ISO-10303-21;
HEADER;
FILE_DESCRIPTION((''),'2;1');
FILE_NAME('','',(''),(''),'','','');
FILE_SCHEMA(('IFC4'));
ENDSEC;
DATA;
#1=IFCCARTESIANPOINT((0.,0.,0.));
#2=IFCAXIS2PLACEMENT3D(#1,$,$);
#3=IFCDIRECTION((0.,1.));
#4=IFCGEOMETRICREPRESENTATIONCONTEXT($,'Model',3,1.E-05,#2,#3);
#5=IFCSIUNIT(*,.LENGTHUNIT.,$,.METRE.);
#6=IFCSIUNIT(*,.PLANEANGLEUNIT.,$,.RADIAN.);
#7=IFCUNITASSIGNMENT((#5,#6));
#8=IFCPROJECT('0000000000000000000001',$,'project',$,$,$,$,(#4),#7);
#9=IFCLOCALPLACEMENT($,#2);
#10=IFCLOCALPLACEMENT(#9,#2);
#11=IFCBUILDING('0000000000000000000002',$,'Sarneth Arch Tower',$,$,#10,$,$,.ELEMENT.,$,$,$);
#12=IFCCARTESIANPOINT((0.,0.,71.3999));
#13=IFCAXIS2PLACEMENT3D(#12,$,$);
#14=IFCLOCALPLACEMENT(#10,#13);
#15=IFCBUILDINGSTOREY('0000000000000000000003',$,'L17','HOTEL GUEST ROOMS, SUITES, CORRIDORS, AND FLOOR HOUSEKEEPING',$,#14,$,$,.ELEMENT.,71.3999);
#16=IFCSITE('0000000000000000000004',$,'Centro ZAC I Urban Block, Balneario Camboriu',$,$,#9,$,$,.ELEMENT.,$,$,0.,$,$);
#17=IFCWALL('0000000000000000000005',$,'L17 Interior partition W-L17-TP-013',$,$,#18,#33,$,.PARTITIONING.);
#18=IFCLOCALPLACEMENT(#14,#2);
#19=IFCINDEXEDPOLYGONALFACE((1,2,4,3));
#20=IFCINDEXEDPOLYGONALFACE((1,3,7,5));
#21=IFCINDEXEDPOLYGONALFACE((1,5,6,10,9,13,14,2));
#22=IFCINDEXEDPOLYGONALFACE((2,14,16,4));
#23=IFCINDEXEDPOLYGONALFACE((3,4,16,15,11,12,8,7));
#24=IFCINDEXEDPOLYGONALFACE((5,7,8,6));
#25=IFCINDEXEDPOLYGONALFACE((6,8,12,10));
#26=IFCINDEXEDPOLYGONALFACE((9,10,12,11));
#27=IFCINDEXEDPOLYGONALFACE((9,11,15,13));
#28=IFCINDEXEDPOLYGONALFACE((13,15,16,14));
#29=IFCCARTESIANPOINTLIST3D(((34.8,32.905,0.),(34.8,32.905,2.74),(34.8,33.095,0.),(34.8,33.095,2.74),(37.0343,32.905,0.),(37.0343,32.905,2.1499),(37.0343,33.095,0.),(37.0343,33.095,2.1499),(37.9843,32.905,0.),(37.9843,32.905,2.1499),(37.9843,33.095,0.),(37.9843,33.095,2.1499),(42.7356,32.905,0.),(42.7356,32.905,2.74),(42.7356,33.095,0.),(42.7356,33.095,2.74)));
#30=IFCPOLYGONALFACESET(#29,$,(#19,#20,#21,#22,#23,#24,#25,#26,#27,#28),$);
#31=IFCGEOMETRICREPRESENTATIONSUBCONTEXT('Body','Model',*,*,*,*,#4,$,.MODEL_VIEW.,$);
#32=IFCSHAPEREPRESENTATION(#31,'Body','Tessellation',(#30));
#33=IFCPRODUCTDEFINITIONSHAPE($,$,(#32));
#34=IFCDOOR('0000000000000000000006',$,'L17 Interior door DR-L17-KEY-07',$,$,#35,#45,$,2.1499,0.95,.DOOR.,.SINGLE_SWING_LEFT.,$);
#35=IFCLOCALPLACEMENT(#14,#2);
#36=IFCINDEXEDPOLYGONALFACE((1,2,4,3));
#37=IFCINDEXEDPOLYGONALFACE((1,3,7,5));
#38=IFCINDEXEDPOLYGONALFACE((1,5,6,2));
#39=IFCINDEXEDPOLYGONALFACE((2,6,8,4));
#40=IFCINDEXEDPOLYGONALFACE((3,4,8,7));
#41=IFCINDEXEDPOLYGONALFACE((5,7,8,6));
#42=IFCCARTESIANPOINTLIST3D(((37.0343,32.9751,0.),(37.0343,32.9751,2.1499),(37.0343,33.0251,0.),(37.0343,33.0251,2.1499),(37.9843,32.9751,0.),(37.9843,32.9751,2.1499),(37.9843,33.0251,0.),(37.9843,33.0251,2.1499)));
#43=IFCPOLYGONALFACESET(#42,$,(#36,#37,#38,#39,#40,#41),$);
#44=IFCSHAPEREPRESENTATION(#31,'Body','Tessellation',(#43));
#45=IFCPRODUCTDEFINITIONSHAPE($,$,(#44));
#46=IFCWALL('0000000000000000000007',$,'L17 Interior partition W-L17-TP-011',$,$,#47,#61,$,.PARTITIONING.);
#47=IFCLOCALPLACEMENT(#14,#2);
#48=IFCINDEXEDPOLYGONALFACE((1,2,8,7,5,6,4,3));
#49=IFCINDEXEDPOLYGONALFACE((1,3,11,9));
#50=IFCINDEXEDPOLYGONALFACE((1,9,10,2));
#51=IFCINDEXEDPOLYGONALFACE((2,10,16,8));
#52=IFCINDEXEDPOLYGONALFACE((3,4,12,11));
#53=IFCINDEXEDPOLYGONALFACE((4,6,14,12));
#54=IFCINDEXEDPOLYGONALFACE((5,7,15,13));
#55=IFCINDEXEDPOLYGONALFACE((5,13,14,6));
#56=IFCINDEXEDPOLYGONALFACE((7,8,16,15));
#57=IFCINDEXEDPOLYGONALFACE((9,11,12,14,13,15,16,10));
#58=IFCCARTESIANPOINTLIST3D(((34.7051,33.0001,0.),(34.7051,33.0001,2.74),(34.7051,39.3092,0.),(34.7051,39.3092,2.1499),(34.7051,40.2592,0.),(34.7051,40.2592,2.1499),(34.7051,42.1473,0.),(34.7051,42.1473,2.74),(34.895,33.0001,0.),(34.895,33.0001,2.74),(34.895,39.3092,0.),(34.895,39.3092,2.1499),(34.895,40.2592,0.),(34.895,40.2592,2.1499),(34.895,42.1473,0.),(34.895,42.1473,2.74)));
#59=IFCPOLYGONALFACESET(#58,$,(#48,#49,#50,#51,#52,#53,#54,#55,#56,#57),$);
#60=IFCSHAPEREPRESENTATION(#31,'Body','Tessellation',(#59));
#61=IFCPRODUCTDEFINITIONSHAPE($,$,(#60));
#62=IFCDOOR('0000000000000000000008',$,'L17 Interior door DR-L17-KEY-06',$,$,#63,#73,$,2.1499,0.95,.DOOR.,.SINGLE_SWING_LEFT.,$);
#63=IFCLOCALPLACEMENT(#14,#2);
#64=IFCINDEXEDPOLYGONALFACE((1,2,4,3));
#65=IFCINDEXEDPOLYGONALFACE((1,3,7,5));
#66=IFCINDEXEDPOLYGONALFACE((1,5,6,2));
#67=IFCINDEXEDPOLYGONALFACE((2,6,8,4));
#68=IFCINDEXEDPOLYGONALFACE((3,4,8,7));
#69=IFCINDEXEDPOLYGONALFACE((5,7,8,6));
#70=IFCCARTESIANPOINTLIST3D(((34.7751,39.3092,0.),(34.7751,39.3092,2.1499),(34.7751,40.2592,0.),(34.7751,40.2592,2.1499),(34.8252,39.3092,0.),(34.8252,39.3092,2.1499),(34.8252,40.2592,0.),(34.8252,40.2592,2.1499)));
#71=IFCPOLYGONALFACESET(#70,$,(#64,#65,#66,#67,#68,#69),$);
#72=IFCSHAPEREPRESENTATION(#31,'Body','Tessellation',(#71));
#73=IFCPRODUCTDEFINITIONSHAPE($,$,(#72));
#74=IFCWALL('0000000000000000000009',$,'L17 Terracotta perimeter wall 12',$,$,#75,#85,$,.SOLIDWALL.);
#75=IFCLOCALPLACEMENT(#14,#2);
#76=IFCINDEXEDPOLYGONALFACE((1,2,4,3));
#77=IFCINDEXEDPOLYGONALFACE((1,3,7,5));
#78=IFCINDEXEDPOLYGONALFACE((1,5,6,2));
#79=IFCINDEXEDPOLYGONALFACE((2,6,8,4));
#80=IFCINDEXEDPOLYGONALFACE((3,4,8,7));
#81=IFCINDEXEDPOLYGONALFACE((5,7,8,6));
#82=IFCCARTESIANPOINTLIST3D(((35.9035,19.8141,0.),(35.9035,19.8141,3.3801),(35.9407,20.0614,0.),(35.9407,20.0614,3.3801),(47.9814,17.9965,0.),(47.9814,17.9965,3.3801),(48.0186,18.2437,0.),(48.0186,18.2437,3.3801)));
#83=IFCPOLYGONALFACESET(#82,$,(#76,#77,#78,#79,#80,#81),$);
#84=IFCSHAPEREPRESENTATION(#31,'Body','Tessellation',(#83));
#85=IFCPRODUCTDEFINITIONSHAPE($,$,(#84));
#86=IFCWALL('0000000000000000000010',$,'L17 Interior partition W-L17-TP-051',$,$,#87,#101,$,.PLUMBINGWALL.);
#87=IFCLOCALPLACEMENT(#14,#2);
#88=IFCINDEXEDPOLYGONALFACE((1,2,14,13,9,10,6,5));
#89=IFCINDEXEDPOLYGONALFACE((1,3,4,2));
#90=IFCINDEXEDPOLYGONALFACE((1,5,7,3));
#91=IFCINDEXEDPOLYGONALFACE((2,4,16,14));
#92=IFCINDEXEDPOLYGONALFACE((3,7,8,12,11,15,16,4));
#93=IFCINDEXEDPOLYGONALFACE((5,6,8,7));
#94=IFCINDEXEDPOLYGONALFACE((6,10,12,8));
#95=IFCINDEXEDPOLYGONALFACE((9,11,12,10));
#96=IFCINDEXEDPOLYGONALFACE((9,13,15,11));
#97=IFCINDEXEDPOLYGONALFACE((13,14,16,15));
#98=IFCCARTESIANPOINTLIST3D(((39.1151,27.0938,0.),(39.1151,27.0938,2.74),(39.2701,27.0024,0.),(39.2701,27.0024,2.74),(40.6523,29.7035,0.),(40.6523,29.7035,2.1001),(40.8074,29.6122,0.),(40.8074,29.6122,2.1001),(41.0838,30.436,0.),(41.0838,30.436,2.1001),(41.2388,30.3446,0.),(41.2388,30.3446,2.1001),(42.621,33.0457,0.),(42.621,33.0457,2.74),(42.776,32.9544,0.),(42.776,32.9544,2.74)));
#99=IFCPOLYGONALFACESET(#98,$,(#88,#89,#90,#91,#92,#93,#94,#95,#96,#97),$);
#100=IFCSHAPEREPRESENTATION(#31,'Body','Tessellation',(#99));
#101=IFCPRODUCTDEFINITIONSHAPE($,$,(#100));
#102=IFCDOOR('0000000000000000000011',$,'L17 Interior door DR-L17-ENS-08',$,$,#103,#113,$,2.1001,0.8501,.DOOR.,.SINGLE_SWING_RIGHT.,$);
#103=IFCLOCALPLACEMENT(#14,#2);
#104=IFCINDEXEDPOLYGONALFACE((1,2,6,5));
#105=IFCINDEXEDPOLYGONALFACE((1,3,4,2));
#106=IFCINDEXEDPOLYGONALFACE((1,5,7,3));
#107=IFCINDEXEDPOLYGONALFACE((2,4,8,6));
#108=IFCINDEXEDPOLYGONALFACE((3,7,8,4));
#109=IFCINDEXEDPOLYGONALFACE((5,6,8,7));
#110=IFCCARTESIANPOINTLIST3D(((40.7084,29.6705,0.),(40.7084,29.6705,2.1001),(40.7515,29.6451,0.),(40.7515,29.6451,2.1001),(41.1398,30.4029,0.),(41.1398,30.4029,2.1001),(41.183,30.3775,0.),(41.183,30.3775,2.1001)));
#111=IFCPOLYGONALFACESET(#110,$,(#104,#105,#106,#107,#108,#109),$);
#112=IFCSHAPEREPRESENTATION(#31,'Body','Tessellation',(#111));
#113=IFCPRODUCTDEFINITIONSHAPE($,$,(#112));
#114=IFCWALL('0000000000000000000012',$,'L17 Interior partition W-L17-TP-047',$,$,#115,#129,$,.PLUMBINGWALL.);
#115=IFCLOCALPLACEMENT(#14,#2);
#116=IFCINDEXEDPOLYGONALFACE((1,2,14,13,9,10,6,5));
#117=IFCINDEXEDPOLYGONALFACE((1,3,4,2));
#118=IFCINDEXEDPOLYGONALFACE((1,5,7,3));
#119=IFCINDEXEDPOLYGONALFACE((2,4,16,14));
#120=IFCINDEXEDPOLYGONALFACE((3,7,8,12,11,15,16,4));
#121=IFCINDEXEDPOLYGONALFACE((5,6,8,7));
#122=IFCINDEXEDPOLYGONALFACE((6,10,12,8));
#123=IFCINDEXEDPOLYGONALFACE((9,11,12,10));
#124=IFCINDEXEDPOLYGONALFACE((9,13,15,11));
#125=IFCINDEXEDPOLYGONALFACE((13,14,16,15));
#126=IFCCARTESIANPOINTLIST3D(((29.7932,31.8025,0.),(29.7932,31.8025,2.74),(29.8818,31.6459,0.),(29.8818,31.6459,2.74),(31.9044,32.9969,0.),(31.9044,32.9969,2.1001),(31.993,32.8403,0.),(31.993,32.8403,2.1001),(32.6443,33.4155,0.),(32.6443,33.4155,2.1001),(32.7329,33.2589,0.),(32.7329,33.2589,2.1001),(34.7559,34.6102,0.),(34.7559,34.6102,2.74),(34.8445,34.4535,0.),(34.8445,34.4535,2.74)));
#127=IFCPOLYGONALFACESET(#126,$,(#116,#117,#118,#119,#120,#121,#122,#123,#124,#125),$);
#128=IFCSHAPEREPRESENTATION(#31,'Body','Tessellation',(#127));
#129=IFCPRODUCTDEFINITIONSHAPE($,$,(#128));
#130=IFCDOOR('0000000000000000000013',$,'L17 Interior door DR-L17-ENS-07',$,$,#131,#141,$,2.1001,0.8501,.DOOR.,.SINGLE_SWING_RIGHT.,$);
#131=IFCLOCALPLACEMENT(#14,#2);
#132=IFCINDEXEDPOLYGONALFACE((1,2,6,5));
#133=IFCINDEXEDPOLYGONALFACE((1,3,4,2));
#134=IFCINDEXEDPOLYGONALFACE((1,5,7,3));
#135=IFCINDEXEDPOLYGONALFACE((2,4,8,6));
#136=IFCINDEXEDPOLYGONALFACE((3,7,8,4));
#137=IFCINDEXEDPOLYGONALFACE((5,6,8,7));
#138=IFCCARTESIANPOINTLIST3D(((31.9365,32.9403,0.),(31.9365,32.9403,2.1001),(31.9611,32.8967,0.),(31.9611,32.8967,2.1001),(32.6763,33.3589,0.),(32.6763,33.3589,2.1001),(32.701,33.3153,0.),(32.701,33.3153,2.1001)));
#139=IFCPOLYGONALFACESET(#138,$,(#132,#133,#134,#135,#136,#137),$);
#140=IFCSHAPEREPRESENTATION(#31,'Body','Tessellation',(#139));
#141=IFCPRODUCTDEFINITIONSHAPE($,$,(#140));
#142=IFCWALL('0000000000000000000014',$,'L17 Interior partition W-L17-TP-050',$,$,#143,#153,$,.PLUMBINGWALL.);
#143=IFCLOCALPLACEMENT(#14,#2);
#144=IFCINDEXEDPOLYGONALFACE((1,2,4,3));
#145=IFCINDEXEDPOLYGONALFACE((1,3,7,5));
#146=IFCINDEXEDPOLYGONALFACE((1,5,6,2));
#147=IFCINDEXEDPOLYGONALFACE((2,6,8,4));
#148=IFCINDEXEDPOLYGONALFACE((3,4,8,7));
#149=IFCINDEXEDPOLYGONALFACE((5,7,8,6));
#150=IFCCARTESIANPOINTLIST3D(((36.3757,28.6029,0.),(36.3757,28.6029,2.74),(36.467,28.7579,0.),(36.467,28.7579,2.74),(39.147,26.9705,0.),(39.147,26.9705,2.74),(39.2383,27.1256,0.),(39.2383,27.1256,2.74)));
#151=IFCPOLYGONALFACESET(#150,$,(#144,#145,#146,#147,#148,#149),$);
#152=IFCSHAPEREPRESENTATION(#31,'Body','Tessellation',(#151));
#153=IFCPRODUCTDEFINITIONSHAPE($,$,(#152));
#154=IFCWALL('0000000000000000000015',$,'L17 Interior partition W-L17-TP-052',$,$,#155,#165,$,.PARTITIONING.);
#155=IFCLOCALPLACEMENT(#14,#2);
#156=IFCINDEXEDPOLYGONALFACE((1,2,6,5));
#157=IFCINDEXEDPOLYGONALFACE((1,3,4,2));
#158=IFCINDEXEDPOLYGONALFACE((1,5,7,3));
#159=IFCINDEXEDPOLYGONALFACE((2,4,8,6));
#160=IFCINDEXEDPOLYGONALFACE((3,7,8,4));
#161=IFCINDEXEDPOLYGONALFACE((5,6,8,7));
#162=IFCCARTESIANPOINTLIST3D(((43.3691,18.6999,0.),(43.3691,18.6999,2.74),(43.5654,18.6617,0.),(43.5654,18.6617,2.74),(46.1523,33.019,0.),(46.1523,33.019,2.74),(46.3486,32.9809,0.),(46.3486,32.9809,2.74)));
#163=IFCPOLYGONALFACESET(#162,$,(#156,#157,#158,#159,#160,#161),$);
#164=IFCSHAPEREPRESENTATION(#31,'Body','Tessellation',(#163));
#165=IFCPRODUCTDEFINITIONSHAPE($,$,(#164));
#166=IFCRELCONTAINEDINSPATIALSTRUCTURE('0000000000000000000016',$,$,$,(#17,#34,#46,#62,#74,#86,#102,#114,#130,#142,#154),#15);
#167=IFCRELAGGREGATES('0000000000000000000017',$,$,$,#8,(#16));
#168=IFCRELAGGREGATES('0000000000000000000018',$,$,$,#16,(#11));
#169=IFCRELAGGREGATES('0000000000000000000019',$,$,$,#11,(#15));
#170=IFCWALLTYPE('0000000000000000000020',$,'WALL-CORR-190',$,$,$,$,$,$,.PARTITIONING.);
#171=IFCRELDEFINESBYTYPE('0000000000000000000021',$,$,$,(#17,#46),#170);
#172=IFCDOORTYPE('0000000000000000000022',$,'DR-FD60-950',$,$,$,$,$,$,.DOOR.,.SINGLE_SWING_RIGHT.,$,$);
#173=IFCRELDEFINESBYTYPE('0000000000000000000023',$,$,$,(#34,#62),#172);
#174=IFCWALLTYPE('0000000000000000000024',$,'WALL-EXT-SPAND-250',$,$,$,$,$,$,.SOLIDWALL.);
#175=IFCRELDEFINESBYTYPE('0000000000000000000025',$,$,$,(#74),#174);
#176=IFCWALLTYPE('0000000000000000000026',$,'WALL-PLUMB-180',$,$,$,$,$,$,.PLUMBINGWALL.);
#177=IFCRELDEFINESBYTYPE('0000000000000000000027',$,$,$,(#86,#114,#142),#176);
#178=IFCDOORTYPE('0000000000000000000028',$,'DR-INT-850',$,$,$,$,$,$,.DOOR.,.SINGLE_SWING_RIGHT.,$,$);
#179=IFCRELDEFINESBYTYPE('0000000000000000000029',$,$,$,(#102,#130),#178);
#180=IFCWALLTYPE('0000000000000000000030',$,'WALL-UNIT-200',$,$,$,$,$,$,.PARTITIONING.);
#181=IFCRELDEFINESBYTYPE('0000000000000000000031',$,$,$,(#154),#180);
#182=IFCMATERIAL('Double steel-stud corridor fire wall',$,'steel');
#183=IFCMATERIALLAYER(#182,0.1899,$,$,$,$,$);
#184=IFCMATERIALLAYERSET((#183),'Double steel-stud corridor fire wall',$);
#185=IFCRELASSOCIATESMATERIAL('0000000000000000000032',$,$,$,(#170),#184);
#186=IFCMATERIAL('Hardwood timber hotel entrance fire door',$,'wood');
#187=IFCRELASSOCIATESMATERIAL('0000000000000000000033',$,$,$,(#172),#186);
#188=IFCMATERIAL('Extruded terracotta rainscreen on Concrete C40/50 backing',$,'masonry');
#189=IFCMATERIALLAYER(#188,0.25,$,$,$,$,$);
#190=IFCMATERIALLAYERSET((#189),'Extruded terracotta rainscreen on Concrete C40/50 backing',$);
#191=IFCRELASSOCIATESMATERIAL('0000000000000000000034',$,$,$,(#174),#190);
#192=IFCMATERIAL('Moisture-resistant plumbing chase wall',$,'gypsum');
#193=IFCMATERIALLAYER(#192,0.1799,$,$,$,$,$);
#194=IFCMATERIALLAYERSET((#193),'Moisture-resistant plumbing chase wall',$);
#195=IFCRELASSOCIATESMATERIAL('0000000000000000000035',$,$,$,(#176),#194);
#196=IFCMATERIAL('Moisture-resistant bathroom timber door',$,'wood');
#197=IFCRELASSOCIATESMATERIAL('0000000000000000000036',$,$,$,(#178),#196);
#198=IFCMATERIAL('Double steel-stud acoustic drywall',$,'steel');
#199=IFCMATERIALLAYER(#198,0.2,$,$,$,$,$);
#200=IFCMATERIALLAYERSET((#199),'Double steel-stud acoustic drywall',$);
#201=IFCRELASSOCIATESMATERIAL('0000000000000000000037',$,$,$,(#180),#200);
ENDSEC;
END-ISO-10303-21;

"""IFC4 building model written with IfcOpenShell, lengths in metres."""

from ifc_helpers import new_model, si_unit, direction, frame, frame_2d, origin, place, context, subcontext, project, spatial, rectangle, extrude, material, layer, layer_set, type_object, element, fill, save


model = new_model("IFC4")

# Units and contexts
model_context = context("Model", 3, precision=1e-05, world=origin(), true_north=direction((0.0, 1.0)))
body_context = subcontext(model_context, "Body", "Model", "MODEL_VIEW")
ifc_project = project(units=[si_unit("LENGTHUNIT", "METRE"), si_unit("PLANEANGLEUNIT", "RADIAN")], contexts=[model_context])

# Site, building, storey
site_placement = place(None, origin())
site = spatial("IfcSite", under=ifc_project, at=site_placement, Name="Centro ZAC I Urban Block, Balneario Camboriu", CompositionType="ELEMENT", RefElevation=0.0)
building_placement = place(site_placement, origin())
building = spatial("IfcBuilding", under=site, at=building_placement, Name="Sarneth Arch Tower", CompositionType="ELEMENT")
storey_placement = place(building_placement, frame((0.0, 0.0, 71.3999)))
storey = spatial("IfcBuildingStorey", under=building, at=storey_placement, Name="L17", Description="HOTEL GUEST ROOMS, SUITES, CORRIDORS, AND FLOOR HOUSEKEEPING", CompositionType="ELEMENT", Elevation=71.3999)

# Walls, openings, doors
ifc_material_1 = material(Name="Double steel-stud corridor fire wall", Category="steel")
ifc_layer_1 = layer(ifc_material_1, 0.1899)
ifc_layer_set_1 = layer_set([ifc_layer_1], Name="Double steel-stud corridor fire wall")
wall_type_1 = type_object("IfcWallType", Name="WALL-CORR-190", PredefinedType="PARTITIONING", material=ifc_layer_set_1)
wall_1_placement = place(storey_placement, frame((42.7356, 33.0, 0.0), z_axis=(0.0, 0.0, 1.0), x_axis=(-1.0, 0.0, 0.0)))
wall_1 = element("IfcWall", 1, at=wall_1_placement, inside=storey, type_object=wall_type_1, Name="L17 Interior partition W-L17-TP-013", PredefinedType="PARTITIONING", context=body_context, shape_type="SweptSolid", body=[
    extrude(rectangle(XDim=7.9355, YDim=0.1899, at=frame_2d((3.9678, 0.0))), origin(), (0.0, 0.0, 1.0), 2.74),
])
opening_1_placement = place(wall_1_placement, frame((4.7512, 0.0, 0.0)))
opening_1 = element("IfcOpeningElement", 2, at=opening_1_placement, cuts=wall_1, PredefinedType="OPENING", context=body_context, shape_type="SweptSolid", body=[
    extrude(rectangle(XDim=0.95, YDim=2.1499, at=frame_2d((0.4751, 1.075))), frame((0.0, 0.105, 0.0), z_axis=(0.0, -1.0, 0.0), x_axis=(1.0, 0.0, 0.0)), (0.0, 0.0, 1.0), 0.21),
])
ifc_material_2 = material(Name="Hardwood timber hotel entrance fire door", Category="wood")
door_type_1 = type_object("IfcDoorType", Name="DR-FD60-950", OperationType="SINGLE_SWING_RIGHT", PredefinedType="DOOR", material=ifc_material_2)
door_1_placement = place(opening_1_placement, origin())
door_1 = element("IfcDoor", 3, at=door_1_placement, inside=storey, type_object=door_type_1, Name="L17 Interior door DR-L17-KEY-07", OperationType="SINGLE_SWING_LEFT", OverallHeight=2.1499, OverallWidth=0.95, PredefinedType="DOOR", context=body_context, shape_type="SweptSolid", body=[
    extrude(rectangle(XDim=0.95, YDim=2.1499, at=frame_2d((0.4751, 1.075))), frame((0.0, 0.0249, 0.0), z_axis=(0.0, -1.0, 0.0), x_axis=(1.0, 0.0, 0.0)), (0.0, 0.0, 1.0), 0.05),
])
fill(opening_1, door_1)
wall_2_placement = place(storey_placement, frame((34.8, 33.0, 0.0), z_axis=(0.0, 0.0, 1.0), x_axis=(0.0, 1.0, 0.0)))
wall_2 = element("IfcWall", 4, at=wall_2_placement, inside=storey, type_object=wall_type_1, Name="L17 Interior partition W-L17-TP-011", PredefinedType="PARTITIONING", context=body_context, shape_type="SweptSolid", body=[
    extrude(rectangle(XDim=9.1472, YDim=0.1899, at=frame_2d((4.5737, 0.0))), origin(), (0.0, 0.0, 1.0), 2.74),
])
opening_2_placement = place(wall_2_placement, frame((6.3091, 0.0, 0.0)))
opening_2 = element("IfcOpeningElement", 5, at=opening_2_placement, cuts=wall_2, PredefinedType="OPENING", context=body_context, shape_type="SweptSolid", body=[
    extrude(rectangle(XDim=0.95, YDim=2.1499, at=frame_2d((0.4751, 1.075))), frame((0.0, 0.105, 0.0), z_axis=(0.0, -1.0, 0.0), x_axis=(1.0, 0.0, 0.0)), (0.0, 0.0, 1.0), 0.21),
])
door_2_placement = place(opening_2_placement, origin())
door_2 = element("IfcDoor", 6, at=door_2_placement, inside=storey, type_object=door_type_1, Name="L17 Interior door DR-L17-KEY-06", OperationType="SINGLE_SWING_LEFT", OverallHeight=2.1499, OverallWidth=0.95, PredefinedType="DOOR", context=body_context, shape_type="SweptSolid", body=[
    extrude(rectangle(XDim=0.95, YDim=2.1499, at=frame_2d((0.4751, 1.075))), frame((0.0, 0.0249, 0.0), z_axis=(0.0, -1.0, 0.0), x_axis=(1.0, 0.0, 0.0)), (0.0, 0.0, 1.0), 0.05),
])
fill(opening_2, door_2)

# Wall
ifc_material_3 = material(Name="Extruded terracotta rainscreen on Concrete C40/50 backing", Category="masonry")
ifc_layer_2 = layer(ifc_material_3, 0.25)
ifc_layer_set_2 = layer_set([ifc_layer_2], Name="Extruded terracotta rainscreen on Concrete C40/50 backing")
wall_type_2 = type_object("IfcWallType", Name="WALL-EXT-SPAND-250", PredefinedType="SOLIDWALL", material=ifc_layer_set_2)
wall_3_placement = place(storey_placement, frame((35.9221, 19.9377, 0.0), z_axis=(0.0, 0.0, 1.0), x_axis=(0.988865, -0.148816, 0.0)))
element("IfcWall", 7, at=wall_3_placement, inside=storey, type_object=wall_type_2, Name="L17 Terracotta perimeter wall 12", PredefinedType="SOLIDWALL", context=body_context, shape_type="SweptSolid", body=[
    extrude(rectangle(XDim=12.2139, YDim=0.25, at=frame_2d((6.1069, 0.0))), origin(), (0.0, 0.0, 1.0), 3.3801),
])

# Walls, openings, doors
ifc_material_4 = material(Name="Moisture-resistant plumbing chase wall", Category="gypsum")
ifc_layer_3 = layer(ifc_material_4, 0.1799)
ifc_layer_set_3 = layer_set([ifc_layer_3], Name="Moisture-resistant plumbing chase wall")
wall_type_3 = type_object("IfcWallType", Name="WALL-PLUMB-180", PredefinedType="PLUMBINGWALL", material=ifc_layer_set_3)
wall_4_placement = place(storey_placement, frame((39.1926, 27.0481, 0.0), z_axis=(0.0, 0.0, 1.0), x_axis=(0.50753, 0.861634, 0.0)))
wall_4 = element("IfcWall", 8, at=wall_4_placement, inside=storey, type_object=wall_type_3, Name="L17 Interior partition W-L17-TP-051", PredefinedType="PLUMBINGWALL", context=body_context, shape_type="SweptSolid", body=[
    extrude(rectangle(XDim=6.9077, YDim=0.1799, at=frame_2d((3.4539, 0.0))), origin(), (0.0, 0.0, 1.0), 2.74),
])
opening_3_placement = place(wall_4_placement, frame((3.0288, 0.0, 0.0)))
opening_3 = element("IfcOpeningElement", 9, at=opening_3_placement, cuts=wall_4, PredefinedType="OPENING", context=body_context, shape_type="SweptSolid", body=[
    extrude(rectangle(XDim=0.8501, YDim=2.1001, at=frame_2d((0.425, 1.05))), frame((0.0, 0.0999, 0.0), z_axis=(0.0, -1.0, 0.0), x_axis=(1.0, 0.0, 0.0)), (0.0, 0.0, 1.0), 0.2),
])
ifc_material_5 = material(Name="Moisture-resistant bathroom timber door", Category="wood")
door_type_2 = type_object("IfcDoorType", Name="DR-INT-850", OperationType="SINGLE_SWING_RIGHT", PredefinedType="DOOR", material=ifc_material_5)
door_3_placement = place(opening_3_placement, origin())
door_3 = element("IfcDoor", 10, at=door_3_placement, inside=storey, type_object=door_type_2, Name="L17 Interior door DR-L17-ENS-08", OperationType="SINGLE_SWING_RIGHT", OverallHeight=2.1001, OverallWidth=0.8501, PredefinedType="DOOR", context=body_context, shape_type="SweptSolid", body=[
    extrude(rectangle(XDim=0.8501, YDim=2.1001, at=frame_2d((0.425, 1.05))), frame((0.0, 0.0249, 0.0), z_axis=(0.0, -1.0, 0.0), x_axis=(1.0, 0.0, 0.0)), (0.0, 0.0, 1.0), 0.05),
])
fill(opening_3, door_3)
wall_5_placement = place(storey_placement, frame((29.8374, 31.7241, 0.0), z_axis=(0.0, 0.0, 1.0), x_axis=(0.870364, 0.492409, 0.0)))
wall_5 = element("IfcWall", 11, at=wall_5_placement, inside=storey, type_object=wall_type_3, Name="L17 Interior partition W-L17-TP-047", PredefinedType="PLUMBINGWALL", context=body_context, shape_type="SweptSolid", body=[
    extrude(rectangle(XDim=5.7019, YDim=0.1799, at=frame_2d((2.8511, 0.0))), origin(), (0.0, 0.0, 1.0), 2.74),
])
opening_4_placement = place(wall_5_placement, frame((2.4258, 0.0, 0.0)))
opening_4 = element("IfcOpeningElement", 12, at=opening_4_placement, cuts=wall_5, PredefinedType="OPENING", context=body_context, shape_type="SweptSolid", body=[
    extrude(rectangle(XDim=0.8501, YDim=2.1001, at=frame_2d((0.425, 1.05))), frame((0.0, 0.0999, 0.0), z_axis=(0.0, -1.0, 0.0), x_axis=(1.0, 0.0, 0.0)), (0.0, 0.0, 1.0), 0.2),
])
door_4_placement = place(opening_4_placement, origin())
door_4 = element("IfcDoor", 13, at=door_4_placement, inside=storey, type_object=door_type_2, Name="L17 Interior door DR-L17-ENS-07", OperationType="SINGLE_SWING_RIGHT", OverallHeight=2.1001, OverallWidth=0.8501, PredefinedType="DOOR", context=body_context, shape_type="SweptSolid", body=[
    extrude(rectangle(XDim=0.8501, YDim=2.1001, at=frame_2d((0.425, 1.05))), frame((0.0, 0.0249, 0.0), z_axis=(0.0, -1.0, 0.0), x_axis=(1.0, 0.0, 0.0)), (0.0, 0.0, 1.0), 0.05),
])
fill(opening_4, door_4)

# Walls
wall_6_placement = place(storey_placement, frame((36.4214, 28.6804, 0.0), z_axis=(0.0, 0.0, 1.0), x_axis=(0.861637, -0.507524, 0.0)))
element("IfcWall", 14, at=wall_6_placement, inside=storey, type_object=wall_type_3, Name="L17 Interior partition W-L17-TP-050", PredefinedType="PLUMBINGWALL", context=body_context, shape_type="SweptSolid", body=[
    extrude(rectangle(XDim=3.2163, YDim=0.1799, at=frame_2d((1.6082, 0.0))), origin(), (0.0, 0.0, 1.0), 2.74),
])
ifc_material_6 = material(Name="Double steel-stud acoustic drywall", Category="steel")
ifc_layer_4 = layer(ifc_material_6, 0.2)
ifc_layer_set_4 = layer_set([ifc_layer_4], Name="Double steel-stud acoustic drywall")
wall_type_4 = type_object("IfcWallType", Name="WALL-UNIT-200", PredefinedType="PARTITIONING", material=ifc_layer_set_4)
wall_7_placement = place(storey_placement, frame((43.4673, 18.6809, 0.0), z_axis=(0.0, 0.0, 1.0), x_axis=(0.190799, 0.981629, 0.0)))
element("IfcWall", 15, at=wall_7_placement, inside=storey, type_object=wall_type_4, Name="L17 Interior partition W-L17-TP-052", PredefinedType="PARTITIONING", context=body_context, shape_type="SweptSolid", body=[
    extrude(rectangle(XDim=14.5872, YDim=0.2, at=frame_2d((7.2935, 0.0))), origin(), (0.0, 0.0, 1.0), 2.74),
])

save(model, "model.ifc")
